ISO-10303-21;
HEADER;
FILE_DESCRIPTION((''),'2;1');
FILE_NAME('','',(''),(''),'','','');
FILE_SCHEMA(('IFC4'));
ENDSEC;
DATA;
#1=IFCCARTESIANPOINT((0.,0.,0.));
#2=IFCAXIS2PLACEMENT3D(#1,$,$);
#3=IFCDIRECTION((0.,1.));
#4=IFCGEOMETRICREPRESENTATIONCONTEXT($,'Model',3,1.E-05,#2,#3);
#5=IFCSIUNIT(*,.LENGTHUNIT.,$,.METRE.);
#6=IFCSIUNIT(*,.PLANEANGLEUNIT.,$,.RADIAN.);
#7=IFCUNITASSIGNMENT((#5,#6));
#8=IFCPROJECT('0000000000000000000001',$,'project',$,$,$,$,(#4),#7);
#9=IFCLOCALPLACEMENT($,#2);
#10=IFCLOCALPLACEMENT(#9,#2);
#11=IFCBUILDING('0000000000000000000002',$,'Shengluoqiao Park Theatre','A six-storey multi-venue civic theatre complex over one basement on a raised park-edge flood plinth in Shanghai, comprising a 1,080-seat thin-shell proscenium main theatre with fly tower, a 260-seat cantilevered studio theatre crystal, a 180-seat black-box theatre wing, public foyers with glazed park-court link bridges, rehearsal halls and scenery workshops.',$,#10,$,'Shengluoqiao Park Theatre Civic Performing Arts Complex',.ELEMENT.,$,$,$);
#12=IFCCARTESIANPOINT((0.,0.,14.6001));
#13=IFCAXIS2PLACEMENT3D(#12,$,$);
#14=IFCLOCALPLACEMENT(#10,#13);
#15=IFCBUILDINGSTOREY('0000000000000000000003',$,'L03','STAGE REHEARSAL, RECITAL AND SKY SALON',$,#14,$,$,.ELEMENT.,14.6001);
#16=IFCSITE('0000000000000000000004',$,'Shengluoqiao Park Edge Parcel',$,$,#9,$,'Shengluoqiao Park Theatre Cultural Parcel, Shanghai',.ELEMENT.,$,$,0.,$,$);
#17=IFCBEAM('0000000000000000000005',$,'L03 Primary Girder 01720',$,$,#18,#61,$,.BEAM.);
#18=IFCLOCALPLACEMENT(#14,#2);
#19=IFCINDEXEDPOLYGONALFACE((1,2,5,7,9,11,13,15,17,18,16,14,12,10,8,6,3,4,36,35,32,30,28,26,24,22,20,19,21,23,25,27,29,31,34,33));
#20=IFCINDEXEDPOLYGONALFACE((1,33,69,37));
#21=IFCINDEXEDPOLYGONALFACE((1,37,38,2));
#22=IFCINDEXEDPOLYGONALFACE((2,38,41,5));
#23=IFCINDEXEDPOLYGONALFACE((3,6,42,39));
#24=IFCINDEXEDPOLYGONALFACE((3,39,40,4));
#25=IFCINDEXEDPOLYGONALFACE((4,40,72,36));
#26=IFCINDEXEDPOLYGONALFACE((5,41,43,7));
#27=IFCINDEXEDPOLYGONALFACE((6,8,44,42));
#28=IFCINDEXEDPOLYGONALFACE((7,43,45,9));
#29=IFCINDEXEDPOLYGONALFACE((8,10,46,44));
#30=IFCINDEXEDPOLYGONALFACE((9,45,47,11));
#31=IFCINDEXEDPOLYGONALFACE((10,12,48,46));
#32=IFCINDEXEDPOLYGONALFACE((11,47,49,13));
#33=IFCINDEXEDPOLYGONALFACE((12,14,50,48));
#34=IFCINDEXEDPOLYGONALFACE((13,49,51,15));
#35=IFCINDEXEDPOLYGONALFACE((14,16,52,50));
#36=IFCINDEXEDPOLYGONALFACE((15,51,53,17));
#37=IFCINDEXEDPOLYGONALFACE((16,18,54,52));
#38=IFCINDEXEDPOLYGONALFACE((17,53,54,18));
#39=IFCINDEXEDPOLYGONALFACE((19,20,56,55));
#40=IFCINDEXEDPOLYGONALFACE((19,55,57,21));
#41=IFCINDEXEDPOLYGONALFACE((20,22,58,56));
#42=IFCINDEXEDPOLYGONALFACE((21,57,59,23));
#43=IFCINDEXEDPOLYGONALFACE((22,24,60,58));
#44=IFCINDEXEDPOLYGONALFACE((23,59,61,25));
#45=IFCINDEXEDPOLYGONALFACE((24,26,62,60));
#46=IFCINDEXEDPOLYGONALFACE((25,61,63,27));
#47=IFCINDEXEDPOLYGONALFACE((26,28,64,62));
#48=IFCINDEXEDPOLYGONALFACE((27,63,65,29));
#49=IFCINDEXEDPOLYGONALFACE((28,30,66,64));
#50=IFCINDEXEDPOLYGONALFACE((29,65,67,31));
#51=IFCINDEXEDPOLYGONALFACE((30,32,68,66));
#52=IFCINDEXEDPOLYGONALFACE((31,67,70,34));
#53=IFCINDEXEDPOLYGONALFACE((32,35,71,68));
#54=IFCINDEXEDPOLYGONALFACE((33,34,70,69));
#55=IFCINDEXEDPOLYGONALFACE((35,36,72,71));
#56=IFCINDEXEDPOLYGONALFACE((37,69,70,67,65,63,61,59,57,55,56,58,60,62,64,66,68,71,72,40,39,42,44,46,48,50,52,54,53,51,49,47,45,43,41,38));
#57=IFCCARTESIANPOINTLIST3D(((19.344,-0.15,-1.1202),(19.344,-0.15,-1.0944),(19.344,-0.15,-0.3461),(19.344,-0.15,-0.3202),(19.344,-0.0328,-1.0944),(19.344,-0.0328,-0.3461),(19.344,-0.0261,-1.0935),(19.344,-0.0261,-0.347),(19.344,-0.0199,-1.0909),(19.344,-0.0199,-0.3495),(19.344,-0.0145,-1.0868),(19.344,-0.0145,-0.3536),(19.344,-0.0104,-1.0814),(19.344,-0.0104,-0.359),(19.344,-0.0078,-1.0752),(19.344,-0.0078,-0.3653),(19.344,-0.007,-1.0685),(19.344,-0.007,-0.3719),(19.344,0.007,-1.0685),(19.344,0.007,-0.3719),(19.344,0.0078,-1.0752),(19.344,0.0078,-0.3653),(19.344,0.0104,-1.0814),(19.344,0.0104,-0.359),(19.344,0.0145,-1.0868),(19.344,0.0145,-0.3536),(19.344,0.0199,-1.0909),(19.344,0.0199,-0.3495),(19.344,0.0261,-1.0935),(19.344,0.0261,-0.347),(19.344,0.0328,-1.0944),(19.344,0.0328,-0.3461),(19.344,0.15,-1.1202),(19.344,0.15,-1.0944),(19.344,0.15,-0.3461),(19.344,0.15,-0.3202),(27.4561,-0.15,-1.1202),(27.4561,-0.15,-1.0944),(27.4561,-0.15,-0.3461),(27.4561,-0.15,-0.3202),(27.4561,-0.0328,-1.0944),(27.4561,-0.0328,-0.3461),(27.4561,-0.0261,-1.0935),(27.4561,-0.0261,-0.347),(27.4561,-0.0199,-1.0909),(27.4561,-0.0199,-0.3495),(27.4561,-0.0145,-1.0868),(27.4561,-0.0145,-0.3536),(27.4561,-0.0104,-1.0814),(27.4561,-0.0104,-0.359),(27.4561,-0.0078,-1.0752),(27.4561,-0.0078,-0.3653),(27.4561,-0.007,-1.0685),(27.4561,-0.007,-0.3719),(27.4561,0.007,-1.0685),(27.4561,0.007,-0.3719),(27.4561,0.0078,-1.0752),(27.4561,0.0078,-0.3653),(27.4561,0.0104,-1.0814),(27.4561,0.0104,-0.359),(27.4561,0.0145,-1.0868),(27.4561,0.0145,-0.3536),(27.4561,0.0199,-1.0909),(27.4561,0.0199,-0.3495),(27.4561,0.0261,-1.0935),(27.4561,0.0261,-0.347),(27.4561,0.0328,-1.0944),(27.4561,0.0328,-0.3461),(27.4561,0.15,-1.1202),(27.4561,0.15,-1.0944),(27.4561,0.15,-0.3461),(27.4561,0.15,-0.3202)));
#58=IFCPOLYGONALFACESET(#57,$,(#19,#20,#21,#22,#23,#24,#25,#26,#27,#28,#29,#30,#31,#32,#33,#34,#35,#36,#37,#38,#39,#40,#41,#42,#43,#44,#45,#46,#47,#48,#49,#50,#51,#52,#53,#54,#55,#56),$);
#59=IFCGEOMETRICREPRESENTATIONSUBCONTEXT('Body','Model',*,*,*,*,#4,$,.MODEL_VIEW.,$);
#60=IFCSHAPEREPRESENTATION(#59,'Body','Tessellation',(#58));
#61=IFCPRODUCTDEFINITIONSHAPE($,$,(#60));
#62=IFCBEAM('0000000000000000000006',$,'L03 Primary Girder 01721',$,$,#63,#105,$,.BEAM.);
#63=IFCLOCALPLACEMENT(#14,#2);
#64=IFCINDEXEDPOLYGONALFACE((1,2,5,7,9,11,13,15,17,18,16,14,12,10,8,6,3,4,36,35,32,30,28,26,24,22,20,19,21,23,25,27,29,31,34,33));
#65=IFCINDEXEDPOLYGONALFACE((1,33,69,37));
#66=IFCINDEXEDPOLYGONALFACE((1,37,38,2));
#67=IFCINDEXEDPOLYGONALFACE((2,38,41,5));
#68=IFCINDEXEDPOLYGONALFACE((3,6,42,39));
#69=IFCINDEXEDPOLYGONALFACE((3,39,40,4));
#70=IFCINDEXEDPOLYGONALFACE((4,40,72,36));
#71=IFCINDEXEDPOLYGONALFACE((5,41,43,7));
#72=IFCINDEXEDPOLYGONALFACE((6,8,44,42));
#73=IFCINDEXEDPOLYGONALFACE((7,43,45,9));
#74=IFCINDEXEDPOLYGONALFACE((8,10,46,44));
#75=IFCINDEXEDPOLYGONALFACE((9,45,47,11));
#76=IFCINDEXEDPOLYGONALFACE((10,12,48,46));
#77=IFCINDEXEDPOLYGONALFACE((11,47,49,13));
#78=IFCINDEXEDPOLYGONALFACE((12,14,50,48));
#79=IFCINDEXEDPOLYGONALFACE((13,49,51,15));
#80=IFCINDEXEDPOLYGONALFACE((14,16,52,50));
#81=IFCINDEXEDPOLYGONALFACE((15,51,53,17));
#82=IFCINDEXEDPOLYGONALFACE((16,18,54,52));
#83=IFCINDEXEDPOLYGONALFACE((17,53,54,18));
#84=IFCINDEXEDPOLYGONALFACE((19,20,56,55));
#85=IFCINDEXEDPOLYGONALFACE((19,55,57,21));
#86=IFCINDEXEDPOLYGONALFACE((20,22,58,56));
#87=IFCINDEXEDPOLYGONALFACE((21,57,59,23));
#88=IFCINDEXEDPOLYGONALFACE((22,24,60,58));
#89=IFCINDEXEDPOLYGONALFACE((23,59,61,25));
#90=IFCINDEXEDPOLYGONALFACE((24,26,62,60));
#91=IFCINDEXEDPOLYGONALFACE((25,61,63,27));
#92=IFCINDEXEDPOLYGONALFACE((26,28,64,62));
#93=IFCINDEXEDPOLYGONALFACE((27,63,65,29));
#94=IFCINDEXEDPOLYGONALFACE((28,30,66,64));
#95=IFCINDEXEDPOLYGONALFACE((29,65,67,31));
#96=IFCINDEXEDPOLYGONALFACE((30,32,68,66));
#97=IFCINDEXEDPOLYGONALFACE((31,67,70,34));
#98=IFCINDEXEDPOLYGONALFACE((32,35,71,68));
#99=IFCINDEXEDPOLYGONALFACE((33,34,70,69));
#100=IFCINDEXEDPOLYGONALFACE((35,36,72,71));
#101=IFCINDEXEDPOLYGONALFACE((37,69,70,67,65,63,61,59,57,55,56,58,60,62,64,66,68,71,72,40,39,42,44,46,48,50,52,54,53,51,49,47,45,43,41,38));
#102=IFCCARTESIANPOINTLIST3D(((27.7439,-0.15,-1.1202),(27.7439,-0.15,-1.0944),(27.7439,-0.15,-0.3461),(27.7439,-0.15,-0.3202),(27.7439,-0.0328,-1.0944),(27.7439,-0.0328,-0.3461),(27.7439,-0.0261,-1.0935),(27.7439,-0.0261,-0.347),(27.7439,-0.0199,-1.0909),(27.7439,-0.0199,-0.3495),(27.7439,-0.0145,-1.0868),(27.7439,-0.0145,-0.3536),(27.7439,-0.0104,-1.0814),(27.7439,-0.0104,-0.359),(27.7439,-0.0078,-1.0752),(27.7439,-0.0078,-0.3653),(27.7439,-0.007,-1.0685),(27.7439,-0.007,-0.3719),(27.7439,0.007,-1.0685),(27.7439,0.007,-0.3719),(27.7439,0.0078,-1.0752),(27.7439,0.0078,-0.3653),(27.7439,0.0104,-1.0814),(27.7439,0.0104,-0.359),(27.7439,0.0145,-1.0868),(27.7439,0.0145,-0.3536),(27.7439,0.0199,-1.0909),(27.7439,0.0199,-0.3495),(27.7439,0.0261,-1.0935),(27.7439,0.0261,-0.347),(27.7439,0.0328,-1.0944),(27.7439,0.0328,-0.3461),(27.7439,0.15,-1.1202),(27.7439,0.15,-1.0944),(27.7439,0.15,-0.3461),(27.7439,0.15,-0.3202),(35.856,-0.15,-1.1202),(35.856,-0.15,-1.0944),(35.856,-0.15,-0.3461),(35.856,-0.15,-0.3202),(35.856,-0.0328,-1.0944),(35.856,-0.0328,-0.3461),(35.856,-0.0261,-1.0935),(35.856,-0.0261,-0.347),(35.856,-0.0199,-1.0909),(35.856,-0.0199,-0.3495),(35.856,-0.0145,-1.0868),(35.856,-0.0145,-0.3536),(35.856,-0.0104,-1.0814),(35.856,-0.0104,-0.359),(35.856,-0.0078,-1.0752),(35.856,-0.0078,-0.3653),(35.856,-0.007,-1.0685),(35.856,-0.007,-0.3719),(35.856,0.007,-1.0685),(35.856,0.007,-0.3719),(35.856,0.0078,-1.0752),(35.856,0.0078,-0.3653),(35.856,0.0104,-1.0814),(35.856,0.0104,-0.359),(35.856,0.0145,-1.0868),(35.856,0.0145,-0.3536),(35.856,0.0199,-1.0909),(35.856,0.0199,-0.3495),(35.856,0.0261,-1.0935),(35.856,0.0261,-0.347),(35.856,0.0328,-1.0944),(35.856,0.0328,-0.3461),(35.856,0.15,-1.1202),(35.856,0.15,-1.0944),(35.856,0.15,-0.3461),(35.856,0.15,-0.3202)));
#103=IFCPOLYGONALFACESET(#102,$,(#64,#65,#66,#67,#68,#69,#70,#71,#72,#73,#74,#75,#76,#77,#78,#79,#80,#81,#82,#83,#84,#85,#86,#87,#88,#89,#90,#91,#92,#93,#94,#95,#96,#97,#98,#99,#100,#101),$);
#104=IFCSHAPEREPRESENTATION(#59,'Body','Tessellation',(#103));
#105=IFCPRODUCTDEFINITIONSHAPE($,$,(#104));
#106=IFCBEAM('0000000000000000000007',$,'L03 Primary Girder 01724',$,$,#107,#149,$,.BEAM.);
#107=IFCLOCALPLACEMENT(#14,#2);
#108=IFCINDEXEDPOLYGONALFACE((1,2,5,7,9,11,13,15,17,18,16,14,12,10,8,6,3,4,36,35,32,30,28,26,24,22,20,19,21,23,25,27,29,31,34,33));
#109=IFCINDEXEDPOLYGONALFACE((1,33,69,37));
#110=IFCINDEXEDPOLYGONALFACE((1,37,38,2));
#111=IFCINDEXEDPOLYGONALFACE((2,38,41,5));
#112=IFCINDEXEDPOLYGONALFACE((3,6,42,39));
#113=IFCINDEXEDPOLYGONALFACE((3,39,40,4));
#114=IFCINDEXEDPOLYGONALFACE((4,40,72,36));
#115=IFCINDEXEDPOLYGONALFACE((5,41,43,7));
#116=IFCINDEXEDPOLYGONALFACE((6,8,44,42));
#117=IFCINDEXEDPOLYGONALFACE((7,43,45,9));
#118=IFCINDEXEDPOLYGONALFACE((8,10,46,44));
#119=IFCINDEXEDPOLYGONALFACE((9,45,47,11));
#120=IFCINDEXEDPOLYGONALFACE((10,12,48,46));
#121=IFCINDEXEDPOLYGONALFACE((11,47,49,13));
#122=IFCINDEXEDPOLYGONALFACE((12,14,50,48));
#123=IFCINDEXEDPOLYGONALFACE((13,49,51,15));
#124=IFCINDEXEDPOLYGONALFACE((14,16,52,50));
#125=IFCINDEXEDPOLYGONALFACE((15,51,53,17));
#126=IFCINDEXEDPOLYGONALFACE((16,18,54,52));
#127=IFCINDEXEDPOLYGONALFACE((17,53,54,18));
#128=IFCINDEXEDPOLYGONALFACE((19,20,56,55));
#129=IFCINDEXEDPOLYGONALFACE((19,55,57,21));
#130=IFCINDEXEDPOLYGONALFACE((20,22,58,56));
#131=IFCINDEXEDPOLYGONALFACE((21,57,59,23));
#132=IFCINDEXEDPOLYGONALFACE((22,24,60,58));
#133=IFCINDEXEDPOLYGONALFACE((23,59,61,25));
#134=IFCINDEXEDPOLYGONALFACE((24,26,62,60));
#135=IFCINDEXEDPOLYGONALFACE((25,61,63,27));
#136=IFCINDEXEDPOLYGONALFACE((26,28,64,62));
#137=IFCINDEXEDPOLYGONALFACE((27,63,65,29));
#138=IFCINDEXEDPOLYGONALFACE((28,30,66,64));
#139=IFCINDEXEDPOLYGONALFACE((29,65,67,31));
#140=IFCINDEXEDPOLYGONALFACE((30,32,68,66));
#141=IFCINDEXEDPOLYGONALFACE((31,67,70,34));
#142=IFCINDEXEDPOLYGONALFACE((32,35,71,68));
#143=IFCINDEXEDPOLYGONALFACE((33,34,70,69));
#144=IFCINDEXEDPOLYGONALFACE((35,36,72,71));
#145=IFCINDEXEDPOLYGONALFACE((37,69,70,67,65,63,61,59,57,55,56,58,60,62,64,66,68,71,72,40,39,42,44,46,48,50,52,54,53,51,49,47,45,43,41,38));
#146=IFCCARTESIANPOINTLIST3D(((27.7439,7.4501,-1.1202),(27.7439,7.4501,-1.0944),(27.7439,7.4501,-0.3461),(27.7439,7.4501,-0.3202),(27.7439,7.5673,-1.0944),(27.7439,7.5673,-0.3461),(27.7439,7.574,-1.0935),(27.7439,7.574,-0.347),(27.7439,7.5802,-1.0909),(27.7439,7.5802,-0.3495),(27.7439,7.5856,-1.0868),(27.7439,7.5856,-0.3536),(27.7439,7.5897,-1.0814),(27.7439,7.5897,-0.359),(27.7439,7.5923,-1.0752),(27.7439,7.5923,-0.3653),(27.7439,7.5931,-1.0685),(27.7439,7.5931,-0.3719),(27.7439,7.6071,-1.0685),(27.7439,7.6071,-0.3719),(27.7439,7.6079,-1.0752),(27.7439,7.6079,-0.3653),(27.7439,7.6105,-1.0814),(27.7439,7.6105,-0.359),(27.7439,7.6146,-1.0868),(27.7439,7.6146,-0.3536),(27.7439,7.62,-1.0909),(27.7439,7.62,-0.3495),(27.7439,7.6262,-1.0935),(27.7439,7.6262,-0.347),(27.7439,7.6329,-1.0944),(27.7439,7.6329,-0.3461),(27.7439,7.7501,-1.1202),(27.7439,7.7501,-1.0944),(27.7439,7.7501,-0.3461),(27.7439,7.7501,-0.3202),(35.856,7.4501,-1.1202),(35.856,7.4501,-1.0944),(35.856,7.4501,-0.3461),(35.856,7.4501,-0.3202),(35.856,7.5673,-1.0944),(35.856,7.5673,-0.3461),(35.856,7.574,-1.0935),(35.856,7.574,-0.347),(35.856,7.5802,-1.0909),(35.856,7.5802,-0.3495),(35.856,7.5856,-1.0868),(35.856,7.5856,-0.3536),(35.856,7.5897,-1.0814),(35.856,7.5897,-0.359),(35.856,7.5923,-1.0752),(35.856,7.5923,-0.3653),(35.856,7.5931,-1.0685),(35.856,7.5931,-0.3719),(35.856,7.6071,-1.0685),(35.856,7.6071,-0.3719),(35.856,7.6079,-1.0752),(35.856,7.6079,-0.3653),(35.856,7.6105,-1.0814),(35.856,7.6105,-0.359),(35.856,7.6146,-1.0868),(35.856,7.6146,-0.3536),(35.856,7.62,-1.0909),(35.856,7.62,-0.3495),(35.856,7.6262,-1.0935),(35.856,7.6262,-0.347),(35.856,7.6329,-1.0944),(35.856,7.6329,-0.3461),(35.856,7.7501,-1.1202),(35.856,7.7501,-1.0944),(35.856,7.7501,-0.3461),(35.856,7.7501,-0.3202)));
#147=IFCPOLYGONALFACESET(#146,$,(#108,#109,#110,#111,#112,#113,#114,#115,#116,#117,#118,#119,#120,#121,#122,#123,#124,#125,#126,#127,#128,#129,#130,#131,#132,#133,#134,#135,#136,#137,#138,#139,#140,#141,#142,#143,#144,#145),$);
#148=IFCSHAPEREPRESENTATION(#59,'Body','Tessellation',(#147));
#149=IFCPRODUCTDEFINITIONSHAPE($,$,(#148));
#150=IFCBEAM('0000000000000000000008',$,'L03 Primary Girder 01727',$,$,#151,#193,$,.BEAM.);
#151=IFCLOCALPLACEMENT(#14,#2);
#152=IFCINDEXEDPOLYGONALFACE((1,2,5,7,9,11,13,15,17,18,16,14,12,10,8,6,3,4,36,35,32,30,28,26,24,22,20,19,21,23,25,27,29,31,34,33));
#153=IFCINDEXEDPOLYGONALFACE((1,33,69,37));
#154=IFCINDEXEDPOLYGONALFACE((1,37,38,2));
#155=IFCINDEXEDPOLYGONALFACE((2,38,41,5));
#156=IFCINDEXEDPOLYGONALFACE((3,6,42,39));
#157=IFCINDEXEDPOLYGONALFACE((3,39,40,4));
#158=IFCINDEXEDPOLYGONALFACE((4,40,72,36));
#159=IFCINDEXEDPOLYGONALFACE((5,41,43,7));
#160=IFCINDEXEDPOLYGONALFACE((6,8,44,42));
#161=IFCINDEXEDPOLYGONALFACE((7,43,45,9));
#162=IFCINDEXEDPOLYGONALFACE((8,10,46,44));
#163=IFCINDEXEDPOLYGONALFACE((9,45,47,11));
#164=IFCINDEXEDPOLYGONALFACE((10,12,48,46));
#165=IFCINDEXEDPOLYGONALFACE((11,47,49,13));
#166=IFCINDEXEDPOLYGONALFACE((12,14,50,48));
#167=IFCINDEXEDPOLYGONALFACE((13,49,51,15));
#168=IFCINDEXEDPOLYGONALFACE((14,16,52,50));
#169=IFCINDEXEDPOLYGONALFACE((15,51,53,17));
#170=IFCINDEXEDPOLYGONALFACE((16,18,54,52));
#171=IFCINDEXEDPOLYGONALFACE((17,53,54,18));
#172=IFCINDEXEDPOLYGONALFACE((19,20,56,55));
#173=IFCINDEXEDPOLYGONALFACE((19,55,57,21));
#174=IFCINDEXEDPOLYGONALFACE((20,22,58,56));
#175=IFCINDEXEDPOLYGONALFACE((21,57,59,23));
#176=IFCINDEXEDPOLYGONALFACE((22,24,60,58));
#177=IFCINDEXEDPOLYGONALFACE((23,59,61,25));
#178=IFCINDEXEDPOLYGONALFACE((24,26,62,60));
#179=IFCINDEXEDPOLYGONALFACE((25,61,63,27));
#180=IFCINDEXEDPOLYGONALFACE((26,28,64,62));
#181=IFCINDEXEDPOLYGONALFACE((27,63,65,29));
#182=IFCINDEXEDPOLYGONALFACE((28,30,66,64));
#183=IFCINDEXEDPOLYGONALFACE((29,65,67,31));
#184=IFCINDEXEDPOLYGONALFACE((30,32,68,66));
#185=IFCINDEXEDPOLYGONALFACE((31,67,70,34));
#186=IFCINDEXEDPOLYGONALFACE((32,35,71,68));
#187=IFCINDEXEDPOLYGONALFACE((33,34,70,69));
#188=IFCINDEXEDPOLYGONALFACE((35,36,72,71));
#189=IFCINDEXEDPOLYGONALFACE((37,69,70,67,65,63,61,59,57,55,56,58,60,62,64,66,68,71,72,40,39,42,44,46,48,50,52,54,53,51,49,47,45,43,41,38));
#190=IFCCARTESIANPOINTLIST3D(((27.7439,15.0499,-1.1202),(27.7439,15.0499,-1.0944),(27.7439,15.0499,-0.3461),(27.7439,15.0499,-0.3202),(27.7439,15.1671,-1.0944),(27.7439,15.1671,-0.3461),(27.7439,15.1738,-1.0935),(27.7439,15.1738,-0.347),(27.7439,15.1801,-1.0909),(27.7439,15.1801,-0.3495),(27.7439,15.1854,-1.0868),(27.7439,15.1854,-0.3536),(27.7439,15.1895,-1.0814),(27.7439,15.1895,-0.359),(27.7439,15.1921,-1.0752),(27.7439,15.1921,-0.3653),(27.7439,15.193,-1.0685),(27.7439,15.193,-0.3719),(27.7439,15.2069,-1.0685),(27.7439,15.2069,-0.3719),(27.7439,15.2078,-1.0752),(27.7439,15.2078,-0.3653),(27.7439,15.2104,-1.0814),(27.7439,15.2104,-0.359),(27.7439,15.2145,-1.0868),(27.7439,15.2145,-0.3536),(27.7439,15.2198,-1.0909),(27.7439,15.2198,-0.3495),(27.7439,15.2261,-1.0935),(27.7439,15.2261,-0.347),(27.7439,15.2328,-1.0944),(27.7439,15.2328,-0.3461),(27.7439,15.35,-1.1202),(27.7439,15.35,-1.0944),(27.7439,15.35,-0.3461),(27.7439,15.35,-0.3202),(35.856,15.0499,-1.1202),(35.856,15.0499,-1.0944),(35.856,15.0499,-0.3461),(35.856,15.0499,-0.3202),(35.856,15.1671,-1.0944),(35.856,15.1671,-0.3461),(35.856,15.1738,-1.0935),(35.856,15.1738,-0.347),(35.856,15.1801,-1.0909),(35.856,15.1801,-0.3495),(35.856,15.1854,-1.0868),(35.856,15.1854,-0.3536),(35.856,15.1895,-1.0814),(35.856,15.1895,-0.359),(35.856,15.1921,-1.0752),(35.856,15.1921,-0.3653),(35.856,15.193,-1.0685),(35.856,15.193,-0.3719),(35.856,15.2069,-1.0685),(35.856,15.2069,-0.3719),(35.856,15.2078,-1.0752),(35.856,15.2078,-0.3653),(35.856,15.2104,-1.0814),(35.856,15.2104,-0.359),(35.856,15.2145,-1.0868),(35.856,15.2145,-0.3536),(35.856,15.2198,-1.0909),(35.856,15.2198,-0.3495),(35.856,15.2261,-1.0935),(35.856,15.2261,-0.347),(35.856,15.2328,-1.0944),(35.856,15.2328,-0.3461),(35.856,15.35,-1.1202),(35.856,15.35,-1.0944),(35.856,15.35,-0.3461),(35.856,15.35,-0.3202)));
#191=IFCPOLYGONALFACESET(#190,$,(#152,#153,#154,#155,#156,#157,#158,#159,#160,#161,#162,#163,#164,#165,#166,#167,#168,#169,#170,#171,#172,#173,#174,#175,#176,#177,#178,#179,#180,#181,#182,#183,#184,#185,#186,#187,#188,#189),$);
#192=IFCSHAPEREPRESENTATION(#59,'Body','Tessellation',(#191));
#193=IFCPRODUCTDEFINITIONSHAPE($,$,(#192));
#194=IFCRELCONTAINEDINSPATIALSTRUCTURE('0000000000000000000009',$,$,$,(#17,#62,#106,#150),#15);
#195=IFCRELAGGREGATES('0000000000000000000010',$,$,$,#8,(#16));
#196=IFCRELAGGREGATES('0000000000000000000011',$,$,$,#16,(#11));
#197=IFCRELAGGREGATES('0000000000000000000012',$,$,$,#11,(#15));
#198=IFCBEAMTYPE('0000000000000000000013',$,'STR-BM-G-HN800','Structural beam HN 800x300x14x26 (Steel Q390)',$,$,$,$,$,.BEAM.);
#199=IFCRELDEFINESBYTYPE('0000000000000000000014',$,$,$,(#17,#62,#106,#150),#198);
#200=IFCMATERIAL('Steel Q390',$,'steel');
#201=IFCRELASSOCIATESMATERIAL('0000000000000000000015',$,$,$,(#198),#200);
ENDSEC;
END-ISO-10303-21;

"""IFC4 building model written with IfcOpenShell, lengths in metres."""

from ifc_helpers import new_model, si_unit, direction, frame, origin, origin_2d, place, context, subcontext, project, spatial, i_section, extrude, material, material_profile, profile_set, type_object, element, save


model = new_model("IFC4")

# Units and contexts
model_context = context("Model", 3, precision=1e-05, world=origin(), true_north=direction((0.0, 1.0)))
body_context = subcontext(model_context, "Body", "Model", "MODEL_VIEW")
ifc_project = project(units=[si_unit("LENGTHUNIT", "METRE"), si_unit("PLANEANGLEUNIT", "RADIAN")], contexts=[model_context])

# Site, building, storey
site_placement = place(None, origin())
site = spatial("IfcSite", under=ifc_project, at=site_placement, Name="Shengluoqiao Park Edge Parcel", LongName="Shengluoqiao Park Theatre Cultural Parcel, Shanghai", CompositionType="ELEMENT", RefElevation=0.0)
building_placement = place(site_placement, origin())
building = spatial("IfcBuilding", under=site, at=building_placement, Name="Shengluoqiao Park Theatre", Description="A six-storey multi-venue civic theatre complex over one basement on a raised park-edge flood plinth in Shanghai, comprising a 1,080-seat thin-shell proscenium main theatre with fly tower, a 260-seat cantilevered studio theatre crystal, a 180-seat black-box theatre wing, public foyers with glazed park-court link bridges, rehearsal halls and scenery workshops.", LongName="Shengluoqiao Park Theatre Civic Performing Arts Complex", CompositionType="ELEMENT")
storey_placement = place(building_placement, frame((0.0, 0.0, 14.6001)))
storey = spatial("IfcBuildingStorey", under=building, at=storey_placement, Name="L03", Description="STAGE REHEARSAL, RECITAL AND SKY SALON", CompositionType="ELEMENT", Elevation=14.6001)

# Beams
ifc_material_1 = material(Name="Steel Q390", Category="steel")
ifc_material_profile_1 = material_profile(ifc_material_1, i_section(OverallWidth=0.3, OverallDepth=0.8, WebThickness=0.0139, FlangeThickness=0.0259, FilletRadius=0.0259, at=origin_2d()), Name="HN 800x300x14x26")
ifc_profile_set_1 = profile_set([ifc_material_profile_1], Name="Steel Q390")
beam_type_1 = type_object("IfcBeamType", Name="STR-BM-G-HN800", Description="Structural beam HN 800x300x14x26 (Steel Q390)", PredefinedType="BEAM", material=ifc_profile_set_1)
for number, where, z_axis, x_axis, name in (
    (1, (19.344, 0.0, -0.7202), (1.0, 0.0, 0.0), (0.0, 1.0, 0.0), "L03 Primary Girder 01720"),
    (2, (27.7439, 0.0, -0.7202), (1.0, 0.0, 0.0), (0.0, 1.0, 0.0), "L03 Primary Girder 01721"),
    (3, (27.7439, 7.6001, -0.7202), (1.0, 0.0, 0.0), (0.0, 1.0, 0.0), "L03 Primary Girder 01724"),
    (4, (27.7439, 15.2, -0.7202), (1.0, 0.0, 0.0), (0.0, 1.0, 0.0), "L03 Primary Girder 01727"),
):
    element("IfcBeam", number, at=place(storey_placement, frame(where, z_axis=z_axis, x_axis=x_axis)), inside=storey, type_object=beam_type_1, Name=name, PredefinedType="BEAM", context=body_context, shape_type="SweptSolid", body=[
        extrude(i_section(OverallWidth=0.3, OverallDepth=0.8, WebThickness=0.0139, FlangeThickness=0.0259, FilletRadius=0.0259, at=origin_2d()), origin(), (0.0, 0.0, 1.0), 8.1121),
    ])

save(model, "model.ifc")
